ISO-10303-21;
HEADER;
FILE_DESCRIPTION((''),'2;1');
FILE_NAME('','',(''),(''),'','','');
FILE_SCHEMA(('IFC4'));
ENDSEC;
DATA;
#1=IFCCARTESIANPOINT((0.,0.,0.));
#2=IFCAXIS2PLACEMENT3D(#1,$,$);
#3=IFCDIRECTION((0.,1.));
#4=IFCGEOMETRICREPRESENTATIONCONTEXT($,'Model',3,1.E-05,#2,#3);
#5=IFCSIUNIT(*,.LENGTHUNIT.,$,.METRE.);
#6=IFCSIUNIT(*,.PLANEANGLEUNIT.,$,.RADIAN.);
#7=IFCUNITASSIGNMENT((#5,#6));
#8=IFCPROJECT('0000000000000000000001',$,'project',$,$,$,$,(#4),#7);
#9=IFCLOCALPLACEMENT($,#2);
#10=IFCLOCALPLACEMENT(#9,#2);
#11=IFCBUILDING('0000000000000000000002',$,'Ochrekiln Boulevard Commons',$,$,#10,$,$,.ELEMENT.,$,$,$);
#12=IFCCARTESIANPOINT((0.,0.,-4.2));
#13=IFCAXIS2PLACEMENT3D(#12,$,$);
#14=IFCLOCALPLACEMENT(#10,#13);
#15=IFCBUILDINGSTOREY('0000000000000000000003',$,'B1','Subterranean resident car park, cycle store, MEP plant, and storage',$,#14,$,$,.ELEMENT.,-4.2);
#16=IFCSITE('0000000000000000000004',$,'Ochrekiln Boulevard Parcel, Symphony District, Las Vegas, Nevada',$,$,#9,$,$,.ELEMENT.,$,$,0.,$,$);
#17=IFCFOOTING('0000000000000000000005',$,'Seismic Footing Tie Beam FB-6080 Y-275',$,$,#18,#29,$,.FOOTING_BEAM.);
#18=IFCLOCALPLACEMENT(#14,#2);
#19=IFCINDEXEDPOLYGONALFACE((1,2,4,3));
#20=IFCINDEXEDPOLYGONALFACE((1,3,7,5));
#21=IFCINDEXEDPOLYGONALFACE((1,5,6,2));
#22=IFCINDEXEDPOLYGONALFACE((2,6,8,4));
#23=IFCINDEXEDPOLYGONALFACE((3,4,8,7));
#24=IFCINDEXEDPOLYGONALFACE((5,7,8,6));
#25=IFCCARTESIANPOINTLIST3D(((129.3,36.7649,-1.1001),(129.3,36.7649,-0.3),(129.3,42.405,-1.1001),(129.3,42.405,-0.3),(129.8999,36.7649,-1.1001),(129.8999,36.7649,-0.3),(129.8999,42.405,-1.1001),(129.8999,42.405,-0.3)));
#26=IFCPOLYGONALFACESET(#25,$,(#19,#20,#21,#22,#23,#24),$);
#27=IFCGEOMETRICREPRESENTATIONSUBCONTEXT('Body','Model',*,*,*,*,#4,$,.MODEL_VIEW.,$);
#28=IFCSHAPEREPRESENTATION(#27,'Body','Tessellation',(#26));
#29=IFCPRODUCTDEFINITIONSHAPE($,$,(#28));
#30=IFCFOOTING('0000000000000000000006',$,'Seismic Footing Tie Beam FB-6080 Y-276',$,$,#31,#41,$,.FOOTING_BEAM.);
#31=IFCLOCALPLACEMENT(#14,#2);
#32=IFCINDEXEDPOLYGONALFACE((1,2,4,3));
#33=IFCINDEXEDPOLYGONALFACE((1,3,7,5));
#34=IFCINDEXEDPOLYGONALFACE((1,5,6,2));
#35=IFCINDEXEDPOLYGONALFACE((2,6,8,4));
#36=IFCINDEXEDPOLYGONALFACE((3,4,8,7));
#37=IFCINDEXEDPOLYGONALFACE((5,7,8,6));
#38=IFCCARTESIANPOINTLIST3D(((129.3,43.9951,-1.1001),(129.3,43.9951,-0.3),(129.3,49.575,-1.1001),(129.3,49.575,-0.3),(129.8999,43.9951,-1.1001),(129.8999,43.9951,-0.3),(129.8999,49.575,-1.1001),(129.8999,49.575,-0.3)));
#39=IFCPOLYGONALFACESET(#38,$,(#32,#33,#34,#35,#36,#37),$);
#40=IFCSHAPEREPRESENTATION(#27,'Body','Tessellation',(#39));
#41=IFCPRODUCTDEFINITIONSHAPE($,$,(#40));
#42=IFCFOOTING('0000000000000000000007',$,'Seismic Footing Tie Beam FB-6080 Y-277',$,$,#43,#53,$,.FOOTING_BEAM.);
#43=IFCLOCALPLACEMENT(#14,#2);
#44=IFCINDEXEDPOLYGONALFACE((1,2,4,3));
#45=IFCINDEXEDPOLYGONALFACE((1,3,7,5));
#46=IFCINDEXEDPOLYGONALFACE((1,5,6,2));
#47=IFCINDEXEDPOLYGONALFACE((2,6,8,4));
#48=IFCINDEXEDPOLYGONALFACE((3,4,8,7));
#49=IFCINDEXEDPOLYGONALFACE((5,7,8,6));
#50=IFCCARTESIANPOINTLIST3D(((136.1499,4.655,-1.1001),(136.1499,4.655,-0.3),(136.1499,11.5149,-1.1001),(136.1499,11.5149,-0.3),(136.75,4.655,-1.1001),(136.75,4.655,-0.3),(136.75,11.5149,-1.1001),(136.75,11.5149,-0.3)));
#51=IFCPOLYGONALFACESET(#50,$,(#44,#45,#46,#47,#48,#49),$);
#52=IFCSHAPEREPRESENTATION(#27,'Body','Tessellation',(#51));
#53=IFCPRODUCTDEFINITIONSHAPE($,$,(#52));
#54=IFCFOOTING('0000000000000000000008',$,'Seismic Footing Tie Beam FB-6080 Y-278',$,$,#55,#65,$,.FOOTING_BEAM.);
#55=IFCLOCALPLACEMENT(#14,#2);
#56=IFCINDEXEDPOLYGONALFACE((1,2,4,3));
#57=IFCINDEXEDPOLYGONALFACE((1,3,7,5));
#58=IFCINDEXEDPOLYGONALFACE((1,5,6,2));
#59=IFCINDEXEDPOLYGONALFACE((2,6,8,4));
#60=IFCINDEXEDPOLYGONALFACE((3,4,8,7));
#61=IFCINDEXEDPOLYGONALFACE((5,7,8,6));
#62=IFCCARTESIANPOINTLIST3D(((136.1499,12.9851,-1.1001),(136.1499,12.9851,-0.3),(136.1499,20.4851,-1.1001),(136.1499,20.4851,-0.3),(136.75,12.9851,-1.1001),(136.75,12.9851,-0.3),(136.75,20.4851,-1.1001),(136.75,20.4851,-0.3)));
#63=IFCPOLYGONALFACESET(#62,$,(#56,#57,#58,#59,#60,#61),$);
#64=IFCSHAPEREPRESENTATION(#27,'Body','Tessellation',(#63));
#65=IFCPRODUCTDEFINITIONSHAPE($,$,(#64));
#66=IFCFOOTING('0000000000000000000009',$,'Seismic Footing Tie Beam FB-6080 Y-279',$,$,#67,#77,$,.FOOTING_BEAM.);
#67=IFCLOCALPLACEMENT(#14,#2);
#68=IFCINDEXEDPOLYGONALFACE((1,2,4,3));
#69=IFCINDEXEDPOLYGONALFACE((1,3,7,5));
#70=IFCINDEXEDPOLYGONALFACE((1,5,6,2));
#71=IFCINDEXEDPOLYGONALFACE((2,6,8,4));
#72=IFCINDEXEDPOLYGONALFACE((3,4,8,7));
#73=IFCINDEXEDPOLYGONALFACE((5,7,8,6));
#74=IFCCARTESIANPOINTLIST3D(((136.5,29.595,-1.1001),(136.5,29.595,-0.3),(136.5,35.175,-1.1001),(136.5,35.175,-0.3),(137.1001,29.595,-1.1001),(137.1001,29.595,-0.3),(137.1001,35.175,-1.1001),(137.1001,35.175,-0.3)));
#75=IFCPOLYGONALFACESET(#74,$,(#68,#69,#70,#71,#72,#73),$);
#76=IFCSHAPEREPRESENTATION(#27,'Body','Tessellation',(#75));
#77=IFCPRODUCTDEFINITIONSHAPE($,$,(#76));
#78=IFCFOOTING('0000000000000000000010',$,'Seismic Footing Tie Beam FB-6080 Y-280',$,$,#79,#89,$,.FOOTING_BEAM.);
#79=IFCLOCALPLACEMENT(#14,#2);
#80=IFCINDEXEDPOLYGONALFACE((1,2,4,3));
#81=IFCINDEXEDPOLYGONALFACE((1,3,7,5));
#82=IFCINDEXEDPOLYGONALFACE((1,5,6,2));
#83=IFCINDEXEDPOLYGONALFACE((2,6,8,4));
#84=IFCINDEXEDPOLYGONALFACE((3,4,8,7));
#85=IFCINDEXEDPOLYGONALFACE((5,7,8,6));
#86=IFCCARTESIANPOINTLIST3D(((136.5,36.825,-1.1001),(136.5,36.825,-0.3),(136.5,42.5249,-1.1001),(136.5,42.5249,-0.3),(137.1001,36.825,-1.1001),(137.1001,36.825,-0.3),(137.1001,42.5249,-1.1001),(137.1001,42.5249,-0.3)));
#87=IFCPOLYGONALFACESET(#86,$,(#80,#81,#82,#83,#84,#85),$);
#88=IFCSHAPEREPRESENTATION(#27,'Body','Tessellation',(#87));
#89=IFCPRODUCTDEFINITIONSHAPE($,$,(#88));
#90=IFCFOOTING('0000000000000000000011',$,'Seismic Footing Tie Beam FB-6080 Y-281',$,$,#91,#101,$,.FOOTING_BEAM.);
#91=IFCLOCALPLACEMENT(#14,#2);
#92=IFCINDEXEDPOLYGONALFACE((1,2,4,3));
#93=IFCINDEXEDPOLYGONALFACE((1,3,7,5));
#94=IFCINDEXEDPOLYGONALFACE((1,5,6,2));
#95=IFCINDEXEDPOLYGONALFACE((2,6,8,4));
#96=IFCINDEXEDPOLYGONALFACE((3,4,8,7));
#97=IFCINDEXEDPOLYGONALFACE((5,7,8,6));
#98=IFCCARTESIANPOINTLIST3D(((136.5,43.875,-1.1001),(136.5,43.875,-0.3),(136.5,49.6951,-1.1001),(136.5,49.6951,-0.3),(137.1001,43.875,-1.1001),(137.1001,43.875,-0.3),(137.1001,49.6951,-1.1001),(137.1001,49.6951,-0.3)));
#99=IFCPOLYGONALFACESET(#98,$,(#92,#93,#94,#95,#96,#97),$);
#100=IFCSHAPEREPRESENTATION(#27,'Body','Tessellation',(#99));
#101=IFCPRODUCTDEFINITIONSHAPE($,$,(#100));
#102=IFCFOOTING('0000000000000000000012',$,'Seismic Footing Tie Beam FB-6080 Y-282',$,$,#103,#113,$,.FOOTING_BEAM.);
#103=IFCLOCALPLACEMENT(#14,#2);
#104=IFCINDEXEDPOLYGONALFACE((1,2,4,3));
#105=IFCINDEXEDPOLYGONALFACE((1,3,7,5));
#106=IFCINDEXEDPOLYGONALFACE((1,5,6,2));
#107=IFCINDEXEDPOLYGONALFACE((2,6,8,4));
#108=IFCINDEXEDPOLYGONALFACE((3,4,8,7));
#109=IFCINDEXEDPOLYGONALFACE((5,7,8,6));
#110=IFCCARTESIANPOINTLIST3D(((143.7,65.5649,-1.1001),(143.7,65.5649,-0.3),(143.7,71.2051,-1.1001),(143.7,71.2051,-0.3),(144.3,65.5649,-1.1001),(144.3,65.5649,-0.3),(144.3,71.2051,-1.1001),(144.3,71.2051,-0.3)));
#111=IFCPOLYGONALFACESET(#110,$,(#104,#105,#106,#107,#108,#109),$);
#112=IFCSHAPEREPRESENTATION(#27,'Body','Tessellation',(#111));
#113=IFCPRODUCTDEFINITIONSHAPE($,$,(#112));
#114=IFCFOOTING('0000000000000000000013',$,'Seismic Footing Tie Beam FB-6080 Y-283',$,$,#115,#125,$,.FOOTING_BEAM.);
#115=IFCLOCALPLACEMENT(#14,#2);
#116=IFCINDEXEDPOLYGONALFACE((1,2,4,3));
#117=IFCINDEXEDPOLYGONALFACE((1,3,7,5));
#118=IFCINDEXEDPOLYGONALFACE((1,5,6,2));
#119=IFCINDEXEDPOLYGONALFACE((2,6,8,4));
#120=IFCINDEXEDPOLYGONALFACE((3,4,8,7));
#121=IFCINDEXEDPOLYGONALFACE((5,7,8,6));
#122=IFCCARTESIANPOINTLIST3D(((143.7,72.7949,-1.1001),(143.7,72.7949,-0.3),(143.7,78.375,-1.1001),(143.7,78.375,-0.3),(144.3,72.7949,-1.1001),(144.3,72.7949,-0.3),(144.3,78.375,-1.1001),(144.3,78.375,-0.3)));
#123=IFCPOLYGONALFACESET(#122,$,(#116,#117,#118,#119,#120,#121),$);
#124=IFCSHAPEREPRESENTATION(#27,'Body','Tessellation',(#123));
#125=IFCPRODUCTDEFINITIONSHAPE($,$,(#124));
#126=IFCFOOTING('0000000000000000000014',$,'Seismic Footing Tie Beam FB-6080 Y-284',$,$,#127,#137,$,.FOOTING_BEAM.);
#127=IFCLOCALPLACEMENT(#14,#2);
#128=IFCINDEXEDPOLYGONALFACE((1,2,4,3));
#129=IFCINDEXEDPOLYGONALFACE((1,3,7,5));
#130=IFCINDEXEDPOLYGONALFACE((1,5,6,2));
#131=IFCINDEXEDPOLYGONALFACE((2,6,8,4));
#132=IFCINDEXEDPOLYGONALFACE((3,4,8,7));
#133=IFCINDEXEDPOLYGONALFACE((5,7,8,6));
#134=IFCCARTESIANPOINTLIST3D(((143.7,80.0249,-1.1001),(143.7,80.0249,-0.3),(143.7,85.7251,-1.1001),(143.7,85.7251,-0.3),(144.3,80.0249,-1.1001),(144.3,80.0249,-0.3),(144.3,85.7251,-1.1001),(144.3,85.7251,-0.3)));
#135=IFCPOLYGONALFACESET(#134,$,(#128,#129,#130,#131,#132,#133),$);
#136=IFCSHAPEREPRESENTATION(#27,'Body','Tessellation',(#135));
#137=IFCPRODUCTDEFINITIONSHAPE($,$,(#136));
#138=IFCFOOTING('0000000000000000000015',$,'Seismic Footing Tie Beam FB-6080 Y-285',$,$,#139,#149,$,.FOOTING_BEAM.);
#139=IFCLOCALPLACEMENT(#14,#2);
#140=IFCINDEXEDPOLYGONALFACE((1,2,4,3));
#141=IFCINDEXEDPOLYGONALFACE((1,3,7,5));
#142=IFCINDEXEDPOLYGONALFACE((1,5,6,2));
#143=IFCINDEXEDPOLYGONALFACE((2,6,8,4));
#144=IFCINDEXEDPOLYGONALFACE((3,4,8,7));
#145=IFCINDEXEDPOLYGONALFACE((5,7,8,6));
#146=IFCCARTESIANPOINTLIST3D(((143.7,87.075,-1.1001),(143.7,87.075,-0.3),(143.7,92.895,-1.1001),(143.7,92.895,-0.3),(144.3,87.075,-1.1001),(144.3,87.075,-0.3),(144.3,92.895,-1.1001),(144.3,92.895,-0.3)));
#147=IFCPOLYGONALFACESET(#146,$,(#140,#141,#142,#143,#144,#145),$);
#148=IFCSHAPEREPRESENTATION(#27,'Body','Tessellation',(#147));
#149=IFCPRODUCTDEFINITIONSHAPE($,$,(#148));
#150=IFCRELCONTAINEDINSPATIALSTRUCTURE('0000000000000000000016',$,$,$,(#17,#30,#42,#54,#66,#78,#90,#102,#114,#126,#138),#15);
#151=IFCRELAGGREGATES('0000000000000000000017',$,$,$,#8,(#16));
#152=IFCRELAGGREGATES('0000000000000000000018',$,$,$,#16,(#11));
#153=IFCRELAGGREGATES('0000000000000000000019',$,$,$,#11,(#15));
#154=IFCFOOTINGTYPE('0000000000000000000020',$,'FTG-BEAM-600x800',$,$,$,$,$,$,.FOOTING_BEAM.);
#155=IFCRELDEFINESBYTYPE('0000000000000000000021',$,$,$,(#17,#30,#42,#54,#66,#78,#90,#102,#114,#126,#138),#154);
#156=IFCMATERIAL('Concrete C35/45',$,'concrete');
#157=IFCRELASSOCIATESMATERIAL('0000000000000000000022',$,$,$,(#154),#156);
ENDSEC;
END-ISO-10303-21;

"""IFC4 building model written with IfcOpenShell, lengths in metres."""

from ifc_helpers import new_model, si_unit, direction, frame, origin, place, context, subcontext, project, spatial, polyline, outline, extrude, material, type_object, element, save


model = new_model("IFC4")

# Units and contexts
model_context = context("Model", 3, precision=1e-05, world=origin(), true_north=direction((0.0, 1.0)))
body_context = subcontext(model_context, "Body", "Model", "MODEL_VIEW")
ifc_project = project(units=[si_unit("LENGTHUNIT", "METRE"), si_unit("PLANEANGLEUNIT", "RADIAN")], contexts=[model_context])

# Site, building, storey
site_placement = place(None, origin())
site = spatial("IfcSite", under=ifc_project, at=site_placement, Name="Ochrekiln Boulevard Parcel, Symphony District, Las Vegas, Nevada", CompositionType="ELEMENT", RefElevation=0.0)
building_placement = place(site_placement, origin())
building = spatial("IfcBuilding", under=site, at=building_placement, Name="Ochrekiln Boulevard Commons", CompositionType="ELEMENT")
storey_placement = place(building_placement, frame((0.0, 0.0, -4.2)))
storey = spatial("IfcBuildingStorey", under=building, at=storey_placement, Name="B1", Description="Subterranean resident car park, cycle store, MEP plant, and storage", CompositionType="ELEMENT", Elevation=-4.2)

# Footings
ifc_material = material(Name="Concrete C35/45", Category="concrete")
footing_type_1 = type_object("IfcFootingType", Name="FTG-BEAM-600x800", PredefinedType="FOOTING_BEAM", material=ifc_material)
footing_1_placement = place(storey_placement, frame((0.0, 0.0, -1.1001)))
element("IfcFooting", 1, at=footing_1_placement, inside=storey, type_object=footing_type_1, Name="Seismic Footing Tie Beam FB-6080 Y-275", PredefinedType="FOOTING_BEAM", context=body_context, shape_type="SweptSolid", body=[
    extrude(outline(polyline([(129.3, 36.7649), (129.8999, 36.7649), (129.8999, 42.405), (129.3, 42.405), (129.3, 36.7649)])), origin(), (0.0, 0.0, 1.0), 0.8),
])
footing_2_placement = place(storey_placement, frame((0.0, 0.0, -1.1001)))
element("IfcFooting", 2, at=footing_2_placement, inside=storey, type_object=footing_type_1, Name="Seismic Footing Tie Beam FB-6080 Y-276", PredefinedType="FOOTING_BEAM", context=body_context, shape_type="SweptSolid", body=[
    extrude(outline(polyline([(129.3, 43.9951), (129.8999, 43.9951), (129.8999, 49.575), (129.3, 49.575), (129.3, 43.9951)])), origin(), (0.0, 0.0, 1.0), 0.8),
])
footing_3_placement = place(storey_placement, frame((0.0, 0.0, -1.1001)))
element("IfcFooting", 3, at=footing_3_placement, inside=storey, type_object=footing_type_1, Name="Seismic Footing Tie Beam FB-6080 Y-277", PredefinedType="FOOTING_BEAM", context=body_context, shape_type="SweptSolid", body=[
    extrude(outline(polyline([(136.1499, 4.655), (136.75, 4.655), (136.75, 11.5149), (136.1499, 11.5149), (136.1499, 4.655)])), origin(), (0.0, 0.0, 1.0), 0.8),
])
footing_4_placement = place(storey_placement, frame((0.0, 0.0, -1.1001)))
element("IfcFooting", 4, at=footing_4_placement, inside=storey, type_object=footing_type_1, Name="Seismic Footing Tie Beam FB-6080 Y-278", PredefinedType="FOOTING_BEAM", context=body_context, shape_type="SweptSolid", body=[
    extrude(outline(polyline([(136.1499, 12.9851), (136.75, 12.9851), (136.75, 20.4851), (136.1499, 20.4851), (136.1499, 12.9851)])), origin(), (0.0, 0.0, 1.0), 0.8),
])
footing_5_placement = place(storey_placement, frame((0.0, 0.0, -1.1001)))
element("IfcFooting", 5, at=footing_5_placement, inside=storey, type_object=footing_type_1, Name="Seismic Footing Tie Beam FB-6080 Y-279", PredefinedType="FOOTING_BEAM", context=body_context, shape_type="SweptSolid", body=[
    extrude(outline(polyline([(136.5, 29.595), (137.1001, 29.595), (137.1001, 35.175), (136.5, 35.175), (136.5, 29.595)])), origin(), (0.0, 0.0, 1.0), 0.8),
])
footing_6_placement = place(storey_placement, frame((0.0, 0.0, -1.1001)))
element("IfcFooting", 6, at=footing_6_placement, inside=storey, type_object=footing_type_1, Name="Seismic Footing Tie Beam FB-6080 Y-280", PredefinedType="FOOTING_BEAM", context=body_context, shape_type="SweptSolid", body=[
    extrude(outline(polyline([(136.5, 36.825), (137.1001, 36.825), (137.1001, 42.5249), (136.5, 42.5249), (136.5, 36.825)])), origin(), (0.0, 0.0, 1.0), 0.8),
])
footing_7_placement = place(storey_placement, frame((0.0, 0.0, -1.1001)))
element("IfcFooting", 7, at=footing_7_placement, inside=storey, type_object=footing_type_1, Name="Seismic Footing Tie Beam FB-6080 Y-281", PredefinedType="FOOTING_BEAM", context=body_context, shape_type="SweptSolid", body=[
    extrude(outline(polyline([(136.5, 43.875), (137.1001, 43.875), (137.1001, 49.6951), (136.5, 49.6951), (136.5, 43.875)])), origin(), (0.0, 0.0, 1.0), 0.8),
])
footing_8_placement = place(storey_placement, frame((0.0, 0.0, -1.1001)))
element("IfcFooting", 8, at=footing_8_placement, inside=storey, type_object=footing_type_1, Name="Seismic Footing Tie Beam FB-6080 Y-282", PredefinedType="FOOTING_BEAM", context=body_context, shape_type="SweptSolid", body=[
    extrude(outline(polyline([(143.7, 65.5649), (144.3, 65.5649), (144.3, 71.2051), (143.7, 71.2051), (143.7, 65.5649)])), origin(), (0.0, 0.0, 1.0), 0.8),
])
footing_9_placement = place(storey_placement, frame((0.0, 0.0, -1.1001)))
element("IfcFooting", 9, at=footing_9_placement, inside=storey, type_object=footing_type_1, Name="Seismic Footing Tie Beam FB-6080 Y-283", PredefinedType="FOOTING_BEAM", context=body_context, shape_type="SweptSolid", body=[
    extrude(outline(polyline([(143.7, 72.7949), (144.3, 72.7949), (144.3, 78.375), (143.7, 78.375), (143.7, 72.7949)])), origin(), (0.0, 0.0, 1.0), 0.8),
])
footing_10_placement = place(storey_placement, frame((0.0, 0.0, -1.1001)))
element("IfcFooting", 10, at=footing_10_placement, inside=storey, type_object=footing_type_1, Name="Seismic Footing Tie Beam FB-6080 Y-284", PredefinedType="FOOTING_BEAM", context=body_context, shape_type="SweptSolid", body=[
    extrude(outline(polyline([(143.7, 80.0249), (144.3, 80.0249), (144.3, 85.7251), (143.7, 85.7251), (143.7, 80.0249)])), origin(), (0.0, 0.0, 1.0), 0.8),
])
footing_11_placement = place(storey_placement, frame((0.0, 0.0, -1.1001)))
element("IfcFooting", 11, at=footing_11_placement, inside=storey, type_object=footing_type_1, Name="Seismic Footing Tie Beam FB-6080 Y-285", PredefinedType="FOOTING_BEAM", context=body_context, shape_type="SweptSolid", body=[
    extrude(outline(polyline([(143.7, 87.075), (144.3, 87.075), (144.3, 92.895), (143.7, 92.895), (143.7, 87.075)])), origin(), (0.0, 0.0, 1.0), 0.8),
])

save(model, "model.ifc")
